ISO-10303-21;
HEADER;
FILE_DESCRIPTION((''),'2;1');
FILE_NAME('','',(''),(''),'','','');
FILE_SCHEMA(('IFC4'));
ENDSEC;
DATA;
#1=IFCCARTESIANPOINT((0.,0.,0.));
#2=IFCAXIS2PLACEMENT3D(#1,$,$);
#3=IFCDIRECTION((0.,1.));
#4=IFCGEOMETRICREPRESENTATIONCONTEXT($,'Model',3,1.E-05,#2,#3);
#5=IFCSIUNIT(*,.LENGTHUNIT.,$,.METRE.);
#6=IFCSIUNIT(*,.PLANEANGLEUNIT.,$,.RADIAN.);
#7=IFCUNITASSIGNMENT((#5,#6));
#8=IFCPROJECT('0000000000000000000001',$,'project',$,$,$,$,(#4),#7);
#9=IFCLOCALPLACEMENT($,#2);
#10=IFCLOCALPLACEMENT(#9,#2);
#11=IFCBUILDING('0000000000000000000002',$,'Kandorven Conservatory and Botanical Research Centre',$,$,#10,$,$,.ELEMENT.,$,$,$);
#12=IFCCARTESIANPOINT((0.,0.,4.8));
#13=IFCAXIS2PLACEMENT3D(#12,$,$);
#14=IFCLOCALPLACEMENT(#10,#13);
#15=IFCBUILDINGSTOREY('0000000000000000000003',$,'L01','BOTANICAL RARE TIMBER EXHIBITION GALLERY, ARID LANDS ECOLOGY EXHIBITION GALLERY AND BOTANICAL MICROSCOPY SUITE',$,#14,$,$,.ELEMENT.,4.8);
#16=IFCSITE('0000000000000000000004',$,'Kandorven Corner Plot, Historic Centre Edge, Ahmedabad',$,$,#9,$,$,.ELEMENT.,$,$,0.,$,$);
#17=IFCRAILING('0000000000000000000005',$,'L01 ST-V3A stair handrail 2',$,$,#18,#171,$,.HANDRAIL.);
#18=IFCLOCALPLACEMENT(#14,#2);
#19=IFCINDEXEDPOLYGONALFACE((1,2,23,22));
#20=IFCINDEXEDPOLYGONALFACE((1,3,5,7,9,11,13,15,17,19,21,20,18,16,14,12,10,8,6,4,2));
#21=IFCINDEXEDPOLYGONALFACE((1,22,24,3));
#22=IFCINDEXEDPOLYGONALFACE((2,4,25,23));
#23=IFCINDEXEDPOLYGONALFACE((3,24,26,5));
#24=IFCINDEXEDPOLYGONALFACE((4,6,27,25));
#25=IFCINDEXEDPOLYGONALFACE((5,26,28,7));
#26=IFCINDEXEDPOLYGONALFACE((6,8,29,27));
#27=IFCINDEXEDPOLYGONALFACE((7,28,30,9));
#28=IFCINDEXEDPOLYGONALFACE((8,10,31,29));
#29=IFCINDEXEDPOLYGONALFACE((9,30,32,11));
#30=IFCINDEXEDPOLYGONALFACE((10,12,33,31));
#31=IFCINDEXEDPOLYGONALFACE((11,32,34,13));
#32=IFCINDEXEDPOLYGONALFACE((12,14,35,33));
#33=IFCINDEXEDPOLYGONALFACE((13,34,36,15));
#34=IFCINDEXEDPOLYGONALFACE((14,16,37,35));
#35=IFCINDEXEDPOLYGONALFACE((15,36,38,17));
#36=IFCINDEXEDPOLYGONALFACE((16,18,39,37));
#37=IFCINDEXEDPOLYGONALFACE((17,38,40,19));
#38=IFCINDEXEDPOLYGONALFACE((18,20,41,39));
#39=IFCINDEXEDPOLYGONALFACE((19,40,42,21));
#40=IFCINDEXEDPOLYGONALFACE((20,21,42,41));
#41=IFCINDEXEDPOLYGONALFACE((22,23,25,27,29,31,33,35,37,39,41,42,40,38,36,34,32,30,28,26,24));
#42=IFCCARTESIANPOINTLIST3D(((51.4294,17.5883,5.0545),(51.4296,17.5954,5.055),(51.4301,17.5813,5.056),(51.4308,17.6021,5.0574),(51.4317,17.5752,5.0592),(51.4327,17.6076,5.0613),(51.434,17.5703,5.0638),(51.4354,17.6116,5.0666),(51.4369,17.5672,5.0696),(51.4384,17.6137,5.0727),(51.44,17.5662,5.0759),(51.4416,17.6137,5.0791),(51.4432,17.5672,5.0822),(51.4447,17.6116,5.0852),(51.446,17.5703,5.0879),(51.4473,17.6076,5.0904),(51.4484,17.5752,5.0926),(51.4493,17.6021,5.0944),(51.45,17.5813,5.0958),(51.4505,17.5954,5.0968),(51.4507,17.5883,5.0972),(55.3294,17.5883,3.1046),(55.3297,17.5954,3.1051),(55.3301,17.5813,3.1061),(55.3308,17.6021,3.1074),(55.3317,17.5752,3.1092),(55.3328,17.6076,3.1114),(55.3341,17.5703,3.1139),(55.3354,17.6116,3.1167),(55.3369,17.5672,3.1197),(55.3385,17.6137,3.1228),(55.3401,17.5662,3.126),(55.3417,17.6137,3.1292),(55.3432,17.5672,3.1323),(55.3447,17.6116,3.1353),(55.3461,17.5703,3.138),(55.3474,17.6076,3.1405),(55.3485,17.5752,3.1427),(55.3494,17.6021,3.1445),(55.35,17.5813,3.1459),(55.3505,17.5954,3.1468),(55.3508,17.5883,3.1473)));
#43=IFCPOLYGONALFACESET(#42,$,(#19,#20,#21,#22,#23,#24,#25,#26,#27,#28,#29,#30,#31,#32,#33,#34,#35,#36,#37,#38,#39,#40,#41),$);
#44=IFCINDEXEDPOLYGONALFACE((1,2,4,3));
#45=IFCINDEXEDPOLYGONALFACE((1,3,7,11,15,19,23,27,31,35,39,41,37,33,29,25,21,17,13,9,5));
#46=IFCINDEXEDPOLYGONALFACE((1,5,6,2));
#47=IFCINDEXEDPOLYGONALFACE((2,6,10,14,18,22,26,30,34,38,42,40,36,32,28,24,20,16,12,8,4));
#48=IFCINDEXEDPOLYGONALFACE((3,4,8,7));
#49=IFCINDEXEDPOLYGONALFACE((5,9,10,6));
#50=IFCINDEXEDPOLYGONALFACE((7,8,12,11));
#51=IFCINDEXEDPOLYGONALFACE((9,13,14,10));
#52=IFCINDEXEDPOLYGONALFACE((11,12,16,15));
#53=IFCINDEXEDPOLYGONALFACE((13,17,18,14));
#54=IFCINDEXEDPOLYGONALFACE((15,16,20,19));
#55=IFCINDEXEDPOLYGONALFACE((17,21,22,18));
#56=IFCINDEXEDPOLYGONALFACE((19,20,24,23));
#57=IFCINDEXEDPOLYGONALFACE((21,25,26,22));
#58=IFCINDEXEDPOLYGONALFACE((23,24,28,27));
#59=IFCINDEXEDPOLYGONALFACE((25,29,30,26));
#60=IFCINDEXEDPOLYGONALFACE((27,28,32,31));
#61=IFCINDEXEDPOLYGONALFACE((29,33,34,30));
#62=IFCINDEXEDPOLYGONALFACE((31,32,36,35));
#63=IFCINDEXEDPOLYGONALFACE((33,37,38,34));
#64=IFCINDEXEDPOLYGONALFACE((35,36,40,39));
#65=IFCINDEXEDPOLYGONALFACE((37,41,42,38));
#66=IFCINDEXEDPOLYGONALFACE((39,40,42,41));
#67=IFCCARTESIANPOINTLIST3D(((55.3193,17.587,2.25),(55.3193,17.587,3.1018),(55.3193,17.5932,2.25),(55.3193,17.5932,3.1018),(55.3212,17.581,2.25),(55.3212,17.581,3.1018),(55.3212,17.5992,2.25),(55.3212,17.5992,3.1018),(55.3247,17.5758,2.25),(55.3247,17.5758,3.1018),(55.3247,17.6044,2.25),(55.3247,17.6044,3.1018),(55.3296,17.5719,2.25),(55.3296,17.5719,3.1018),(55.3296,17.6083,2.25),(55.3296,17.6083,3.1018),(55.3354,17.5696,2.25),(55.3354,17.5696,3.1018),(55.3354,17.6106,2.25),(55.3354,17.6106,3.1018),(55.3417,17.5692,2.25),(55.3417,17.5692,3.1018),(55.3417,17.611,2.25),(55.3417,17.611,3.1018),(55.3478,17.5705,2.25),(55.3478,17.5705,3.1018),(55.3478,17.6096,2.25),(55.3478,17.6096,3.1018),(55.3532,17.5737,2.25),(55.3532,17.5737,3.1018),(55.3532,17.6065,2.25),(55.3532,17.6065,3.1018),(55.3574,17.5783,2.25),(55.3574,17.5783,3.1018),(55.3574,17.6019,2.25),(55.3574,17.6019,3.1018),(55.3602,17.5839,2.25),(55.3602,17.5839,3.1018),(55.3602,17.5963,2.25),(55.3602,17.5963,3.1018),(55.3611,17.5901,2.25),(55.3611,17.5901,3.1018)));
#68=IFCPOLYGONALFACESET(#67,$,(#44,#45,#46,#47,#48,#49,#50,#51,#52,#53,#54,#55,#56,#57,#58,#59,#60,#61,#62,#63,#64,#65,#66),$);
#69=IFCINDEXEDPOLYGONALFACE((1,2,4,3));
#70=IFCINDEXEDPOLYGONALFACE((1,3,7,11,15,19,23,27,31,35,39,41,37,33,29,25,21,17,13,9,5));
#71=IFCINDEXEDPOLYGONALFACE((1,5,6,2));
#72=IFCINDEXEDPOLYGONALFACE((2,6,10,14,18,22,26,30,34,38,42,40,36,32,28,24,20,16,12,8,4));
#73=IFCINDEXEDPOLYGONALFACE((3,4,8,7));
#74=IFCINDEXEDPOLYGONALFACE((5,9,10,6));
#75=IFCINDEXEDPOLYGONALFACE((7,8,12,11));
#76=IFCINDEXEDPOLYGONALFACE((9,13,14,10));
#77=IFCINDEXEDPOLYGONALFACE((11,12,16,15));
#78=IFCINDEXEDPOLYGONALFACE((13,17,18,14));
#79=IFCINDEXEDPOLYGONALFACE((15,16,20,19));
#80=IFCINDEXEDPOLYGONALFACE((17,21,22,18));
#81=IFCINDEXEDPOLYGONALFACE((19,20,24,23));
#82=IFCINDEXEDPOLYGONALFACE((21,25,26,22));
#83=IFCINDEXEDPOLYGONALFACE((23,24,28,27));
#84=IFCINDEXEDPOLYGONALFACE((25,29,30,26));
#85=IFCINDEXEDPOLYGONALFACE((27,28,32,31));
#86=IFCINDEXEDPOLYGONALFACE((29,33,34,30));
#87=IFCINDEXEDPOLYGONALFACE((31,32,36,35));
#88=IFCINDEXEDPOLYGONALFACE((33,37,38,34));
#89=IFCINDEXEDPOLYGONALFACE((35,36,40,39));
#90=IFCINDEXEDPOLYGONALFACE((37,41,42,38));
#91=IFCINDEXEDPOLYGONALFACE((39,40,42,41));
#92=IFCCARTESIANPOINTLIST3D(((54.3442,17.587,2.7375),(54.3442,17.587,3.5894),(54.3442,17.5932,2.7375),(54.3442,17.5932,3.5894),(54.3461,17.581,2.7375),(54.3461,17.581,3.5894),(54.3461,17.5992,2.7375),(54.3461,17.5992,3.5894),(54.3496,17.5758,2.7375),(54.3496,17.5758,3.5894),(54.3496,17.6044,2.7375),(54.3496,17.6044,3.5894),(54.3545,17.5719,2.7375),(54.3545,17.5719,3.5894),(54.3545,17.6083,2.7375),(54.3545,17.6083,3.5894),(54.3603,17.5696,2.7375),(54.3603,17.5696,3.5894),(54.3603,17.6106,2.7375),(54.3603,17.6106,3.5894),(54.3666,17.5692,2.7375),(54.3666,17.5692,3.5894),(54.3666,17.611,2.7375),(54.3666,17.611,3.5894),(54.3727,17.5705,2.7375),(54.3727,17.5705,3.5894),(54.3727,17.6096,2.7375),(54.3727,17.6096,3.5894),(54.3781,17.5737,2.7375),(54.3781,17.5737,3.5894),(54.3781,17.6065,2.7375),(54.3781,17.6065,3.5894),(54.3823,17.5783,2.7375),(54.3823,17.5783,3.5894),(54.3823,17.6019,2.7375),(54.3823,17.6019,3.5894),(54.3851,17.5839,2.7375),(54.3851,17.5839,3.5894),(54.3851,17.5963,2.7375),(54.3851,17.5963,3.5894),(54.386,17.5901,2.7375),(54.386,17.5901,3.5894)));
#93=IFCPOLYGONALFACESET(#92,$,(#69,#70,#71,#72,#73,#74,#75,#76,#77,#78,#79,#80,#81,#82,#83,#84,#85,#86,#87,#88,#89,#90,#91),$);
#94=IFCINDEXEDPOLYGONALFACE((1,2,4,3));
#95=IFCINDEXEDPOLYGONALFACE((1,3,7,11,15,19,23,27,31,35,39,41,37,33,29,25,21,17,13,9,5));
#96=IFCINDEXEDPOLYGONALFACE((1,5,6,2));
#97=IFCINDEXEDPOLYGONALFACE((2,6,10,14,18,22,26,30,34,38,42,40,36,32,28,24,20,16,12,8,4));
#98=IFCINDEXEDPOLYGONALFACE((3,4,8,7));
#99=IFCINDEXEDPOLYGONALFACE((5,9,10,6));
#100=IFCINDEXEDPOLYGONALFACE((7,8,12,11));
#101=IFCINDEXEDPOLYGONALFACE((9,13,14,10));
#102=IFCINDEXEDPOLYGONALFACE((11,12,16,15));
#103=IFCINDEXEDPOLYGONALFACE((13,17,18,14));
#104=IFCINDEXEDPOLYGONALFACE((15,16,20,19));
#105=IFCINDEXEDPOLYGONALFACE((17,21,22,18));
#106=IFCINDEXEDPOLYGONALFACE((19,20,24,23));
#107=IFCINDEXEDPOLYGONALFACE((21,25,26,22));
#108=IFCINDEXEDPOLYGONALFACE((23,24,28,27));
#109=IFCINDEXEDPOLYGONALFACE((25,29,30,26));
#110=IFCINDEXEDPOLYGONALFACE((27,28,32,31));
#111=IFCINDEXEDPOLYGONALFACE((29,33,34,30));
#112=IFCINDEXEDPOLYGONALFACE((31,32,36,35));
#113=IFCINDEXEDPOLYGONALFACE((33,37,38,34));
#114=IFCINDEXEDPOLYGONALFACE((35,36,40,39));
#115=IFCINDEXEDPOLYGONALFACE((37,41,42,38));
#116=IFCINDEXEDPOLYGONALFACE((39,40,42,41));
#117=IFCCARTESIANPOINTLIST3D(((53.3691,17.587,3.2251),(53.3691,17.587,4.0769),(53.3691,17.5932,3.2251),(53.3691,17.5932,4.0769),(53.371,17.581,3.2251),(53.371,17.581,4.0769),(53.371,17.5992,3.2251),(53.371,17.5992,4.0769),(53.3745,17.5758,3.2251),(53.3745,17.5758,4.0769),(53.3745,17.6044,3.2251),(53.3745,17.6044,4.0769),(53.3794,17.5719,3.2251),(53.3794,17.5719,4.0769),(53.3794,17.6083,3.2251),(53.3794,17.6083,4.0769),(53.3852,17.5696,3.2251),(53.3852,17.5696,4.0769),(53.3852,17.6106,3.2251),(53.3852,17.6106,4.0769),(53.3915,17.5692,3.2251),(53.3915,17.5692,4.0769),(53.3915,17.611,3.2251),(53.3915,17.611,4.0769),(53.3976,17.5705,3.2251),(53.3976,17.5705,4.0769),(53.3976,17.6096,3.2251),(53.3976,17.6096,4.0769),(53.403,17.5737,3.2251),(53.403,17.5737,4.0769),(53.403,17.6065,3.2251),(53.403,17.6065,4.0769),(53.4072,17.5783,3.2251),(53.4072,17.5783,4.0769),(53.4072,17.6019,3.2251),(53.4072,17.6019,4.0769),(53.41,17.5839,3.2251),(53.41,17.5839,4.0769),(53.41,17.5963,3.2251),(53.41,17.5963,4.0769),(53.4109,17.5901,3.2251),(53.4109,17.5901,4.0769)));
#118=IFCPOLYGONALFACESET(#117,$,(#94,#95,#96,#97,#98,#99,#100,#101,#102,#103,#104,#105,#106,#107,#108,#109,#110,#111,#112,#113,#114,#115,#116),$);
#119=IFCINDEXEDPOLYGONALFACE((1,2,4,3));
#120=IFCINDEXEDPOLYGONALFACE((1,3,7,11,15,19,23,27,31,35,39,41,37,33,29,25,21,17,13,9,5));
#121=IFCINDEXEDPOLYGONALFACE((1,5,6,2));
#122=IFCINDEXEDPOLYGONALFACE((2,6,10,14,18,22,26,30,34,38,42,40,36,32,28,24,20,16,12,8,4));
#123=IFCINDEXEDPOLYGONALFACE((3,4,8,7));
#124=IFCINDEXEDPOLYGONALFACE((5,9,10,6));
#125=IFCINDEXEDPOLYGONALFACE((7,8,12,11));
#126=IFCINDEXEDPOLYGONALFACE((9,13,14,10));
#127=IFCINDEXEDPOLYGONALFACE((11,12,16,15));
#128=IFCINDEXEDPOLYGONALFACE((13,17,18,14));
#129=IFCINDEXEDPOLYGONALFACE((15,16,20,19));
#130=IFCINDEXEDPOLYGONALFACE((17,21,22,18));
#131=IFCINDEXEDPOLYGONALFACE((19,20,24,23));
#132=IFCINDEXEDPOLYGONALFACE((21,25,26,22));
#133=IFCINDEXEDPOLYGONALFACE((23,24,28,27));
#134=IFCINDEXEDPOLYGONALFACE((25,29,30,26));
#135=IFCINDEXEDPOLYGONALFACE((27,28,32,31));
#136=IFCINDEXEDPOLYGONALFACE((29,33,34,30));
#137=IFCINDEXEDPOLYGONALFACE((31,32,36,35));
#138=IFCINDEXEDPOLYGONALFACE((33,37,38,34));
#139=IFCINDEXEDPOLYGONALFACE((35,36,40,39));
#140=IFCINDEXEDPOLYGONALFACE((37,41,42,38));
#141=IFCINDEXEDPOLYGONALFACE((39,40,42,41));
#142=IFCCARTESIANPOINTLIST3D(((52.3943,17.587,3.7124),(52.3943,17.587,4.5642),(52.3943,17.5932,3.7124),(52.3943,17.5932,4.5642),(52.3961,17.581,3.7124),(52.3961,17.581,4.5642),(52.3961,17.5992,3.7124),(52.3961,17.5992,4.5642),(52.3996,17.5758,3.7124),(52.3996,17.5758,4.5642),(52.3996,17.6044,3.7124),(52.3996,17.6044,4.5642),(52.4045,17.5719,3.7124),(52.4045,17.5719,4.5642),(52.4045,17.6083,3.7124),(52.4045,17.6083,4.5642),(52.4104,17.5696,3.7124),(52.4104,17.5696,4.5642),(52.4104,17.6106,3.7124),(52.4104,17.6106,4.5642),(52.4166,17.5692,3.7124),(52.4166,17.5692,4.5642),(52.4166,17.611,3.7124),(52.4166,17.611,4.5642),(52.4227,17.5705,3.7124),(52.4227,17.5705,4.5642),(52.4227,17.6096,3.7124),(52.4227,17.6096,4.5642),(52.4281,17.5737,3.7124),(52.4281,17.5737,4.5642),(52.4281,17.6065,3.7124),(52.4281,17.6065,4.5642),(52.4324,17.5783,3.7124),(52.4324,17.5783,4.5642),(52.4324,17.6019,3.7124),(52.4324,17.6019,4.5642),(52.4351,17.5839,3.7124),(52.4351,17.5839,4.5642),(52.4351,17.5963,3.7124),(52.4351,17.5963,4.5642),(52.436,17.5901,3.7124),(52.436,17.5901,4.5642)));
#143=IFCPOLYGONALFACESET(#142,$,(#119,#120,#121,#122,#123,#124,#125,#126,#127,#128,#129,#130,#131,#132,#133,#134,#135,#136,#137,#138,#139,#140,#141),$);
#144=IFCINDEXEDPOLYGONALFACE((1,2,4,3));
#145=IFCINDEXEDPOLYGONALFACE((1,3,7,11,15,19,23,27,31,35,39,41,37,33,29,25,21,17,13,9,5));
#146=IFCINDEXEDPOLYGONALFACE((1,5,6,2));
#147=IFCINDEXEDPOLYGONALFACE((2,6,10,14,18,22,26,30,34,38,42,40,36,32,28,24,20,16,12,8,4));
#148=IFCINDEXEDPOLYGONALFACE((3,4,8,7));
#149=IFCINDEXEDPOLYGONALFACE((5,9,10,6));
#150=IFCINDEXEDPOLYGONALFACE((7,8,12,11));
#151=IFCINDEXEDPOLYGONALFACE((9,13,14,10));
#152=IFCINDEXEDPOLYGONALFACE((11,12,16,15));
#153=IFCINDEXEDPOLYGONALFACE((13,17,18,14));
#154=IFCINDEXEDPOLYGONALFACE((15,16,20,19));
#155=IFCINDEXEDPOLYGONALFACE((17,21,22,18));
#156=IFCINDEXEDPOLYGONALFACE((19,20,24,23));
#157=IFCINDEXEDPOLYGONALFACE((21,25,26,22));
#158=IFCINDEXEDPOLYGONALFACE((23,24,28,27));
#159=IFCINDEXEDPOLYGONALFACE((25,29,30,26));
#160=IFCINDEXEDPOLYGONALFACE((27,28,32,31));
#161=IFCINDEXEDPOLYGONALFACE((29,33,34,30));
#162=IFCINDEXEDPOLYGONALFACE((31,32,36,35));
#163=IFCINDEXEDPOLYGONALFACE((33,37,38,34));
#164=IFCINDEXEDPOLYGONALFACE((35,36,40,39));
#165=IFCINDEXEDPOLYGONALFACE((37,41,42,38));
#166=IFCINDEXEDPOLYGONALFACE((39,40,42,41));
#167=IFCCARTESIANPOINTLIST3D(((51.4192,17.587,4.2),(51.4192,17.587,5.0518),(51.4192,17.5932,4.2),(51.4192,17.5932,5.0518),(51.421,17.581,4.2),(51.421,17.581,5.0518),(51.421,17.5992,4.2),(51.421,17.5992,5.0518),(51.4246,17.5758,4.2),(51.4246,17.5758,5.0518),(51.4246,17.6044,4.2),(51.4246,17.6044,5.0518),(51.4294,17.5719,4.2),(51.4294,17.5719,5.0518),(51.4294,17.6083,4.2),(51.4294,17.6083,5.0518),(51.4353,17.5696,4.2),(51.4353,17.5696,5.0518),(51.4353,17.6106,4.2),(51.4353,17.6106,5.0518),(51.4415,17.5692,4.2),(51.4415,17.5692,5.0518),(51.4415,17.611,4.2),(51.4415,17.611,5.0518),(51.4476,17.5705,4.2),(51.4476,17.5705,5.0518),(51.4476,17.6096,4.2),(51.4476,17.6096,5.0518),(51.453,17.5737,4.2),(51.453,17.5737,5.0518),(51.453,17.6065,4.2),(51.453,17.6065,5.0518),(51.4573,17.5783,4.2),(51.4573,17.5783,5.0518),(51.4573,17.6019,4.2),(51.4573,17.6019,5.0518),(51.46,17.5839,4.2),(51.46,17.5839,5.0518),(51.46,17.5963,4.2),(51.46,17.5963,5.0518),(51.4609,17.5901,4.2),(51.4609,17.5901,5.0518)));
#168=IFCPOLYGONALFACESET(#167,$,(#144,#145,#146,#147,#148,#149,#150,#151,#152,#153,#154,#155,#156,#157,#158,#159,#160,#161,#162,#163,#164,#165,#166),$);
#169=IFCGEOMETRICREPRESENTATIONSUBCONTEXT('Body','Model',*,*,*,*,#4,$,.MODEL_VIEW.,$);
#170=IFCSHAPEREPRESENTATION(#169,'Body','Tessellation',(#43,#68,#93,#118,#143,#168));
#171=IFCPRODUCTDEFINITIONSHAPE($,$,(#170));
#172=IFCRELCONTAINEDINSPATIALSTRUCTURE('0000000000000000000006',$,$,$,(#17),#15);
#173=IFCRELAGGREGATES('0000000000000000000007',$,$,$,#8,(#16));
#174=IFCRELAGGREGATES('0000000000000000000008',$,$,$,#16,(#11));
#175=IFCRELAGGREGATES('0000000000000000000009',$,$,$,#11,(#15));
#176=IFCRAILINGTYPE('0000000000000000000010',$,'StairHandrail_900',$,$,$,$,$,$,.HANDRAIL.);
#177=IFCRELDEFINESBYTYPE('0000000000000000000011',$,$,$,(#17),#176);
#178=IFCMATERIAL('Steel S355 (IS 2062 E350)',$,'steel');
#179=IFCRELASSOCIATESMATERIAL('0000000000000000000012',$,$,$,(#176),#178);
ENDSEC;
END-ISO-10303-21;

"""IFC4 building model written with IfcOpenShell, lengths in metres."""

from ifc_helpers import new_model, si_unit, direction, frame, origin, origin_2d, place, context, subcontext, project, spatial, circle, extrude, material, type_object, element, save


model = new_model("IFC4")

# Units and contexts
model_context = context("Model", 3, precision=1e-05, world=origin(), true_north=direction((0.0, 1.0)))
body_context = subcontext(model_context, "Body", "Model", "MODEL_VIEW")
ifc_project = project(units=[si_unit("LENGTHUNIT", "METRE"), si_unit("PLANEANGLEUNIT", "RADIAN")], contexts=[model_context])

# Site, building, storey
site_placement = place(None, origin())
site = spatial("IfcSite", under=ifc_project, at=site_placement, Name="Kandorven Corner Plot, Historic Centre Edge, Ahmedabad", CompositionType="ELEMENT", RefElevation=0.0)
building_placement = place(site_placement, origin())
building = spatial("IfcBuilding", under=site, at=building_placement, Name="Kandorven Conservatory and Botanical Research Centre", CompositionType="ELEMENT")
storey_placement = place(building_placement, frame((0.0, 0.0, 4.8)))
storey = spatial("IfcBuildingStorey", under=building, at=storey_placement, Name="L01", Description="BOTANICAL RARE TIMBER EXHIBITION GALLERY, ARID LANDS ECOLOGY EXHIBITION GALLERY AND BOTANICAL MICROSCOPY SUITE", CompositionType="ELEMENT", Elevation=4.8)

# Railing
ifc_material_1 = material(Name="Steel S355 (IS 2062 E350)", Category="steel")
railing_type_1 = type_object("IfcRailingType", Name="StairHandrail_900", PredefinedType="HANDRAIL", material=ifc_material_1)
railing_1_placement = place(storey_placement, frame((55.3401, 17.5901, 2.25)))
element("IfcRailing", 1, at=railing_1_placement, inside=storey, type_object=railing_type_1, Name="L01 ST-V3A stair handrail 2", PredefinedType="HANDRAIL", context=body_context, shape_type="SweptSolid", body=[
    extrude(circle(Radius=0.0239, at=origin_2d()), frame((0.0, 0.0, 0.876), z_axis=(-0.894438, 0.0, 0.447191), x_axis=(0.0, -1.0, 0.0)), (0.0, 0.0, 1.0), 4.3604),
    extrude(circle(Radius=0.021, at=origin_2d()), origin(), (0.0, 0.0, 1.0), 0.8518),
    extrude(circle(Radius=0.021, at=origin_2d()), frame((-0.9751, 0.0, 0.4875)), (0.0, 0.0, 1.0), 0.8518),
    extrude(circle(Radius=0.021, at=origin_2d()), frame((-1.9502, 0.0, 0.9751)), (0.0, 0.0, 1.0), 0.8518),
    extrude(circle(Radius=0.021, at=origin_2d()), frame((-2.925, 0.0, 1.4624)), (0.0, 0.0, 1.0), 0.8518),
    extrude(circle(Radius=0.021, at=origin_2d()), frame((-3.9001, 0.0, 1.95)), (0.0, 0.0, 1.0), 0.8518),
])

save(model, "model.ifc")
